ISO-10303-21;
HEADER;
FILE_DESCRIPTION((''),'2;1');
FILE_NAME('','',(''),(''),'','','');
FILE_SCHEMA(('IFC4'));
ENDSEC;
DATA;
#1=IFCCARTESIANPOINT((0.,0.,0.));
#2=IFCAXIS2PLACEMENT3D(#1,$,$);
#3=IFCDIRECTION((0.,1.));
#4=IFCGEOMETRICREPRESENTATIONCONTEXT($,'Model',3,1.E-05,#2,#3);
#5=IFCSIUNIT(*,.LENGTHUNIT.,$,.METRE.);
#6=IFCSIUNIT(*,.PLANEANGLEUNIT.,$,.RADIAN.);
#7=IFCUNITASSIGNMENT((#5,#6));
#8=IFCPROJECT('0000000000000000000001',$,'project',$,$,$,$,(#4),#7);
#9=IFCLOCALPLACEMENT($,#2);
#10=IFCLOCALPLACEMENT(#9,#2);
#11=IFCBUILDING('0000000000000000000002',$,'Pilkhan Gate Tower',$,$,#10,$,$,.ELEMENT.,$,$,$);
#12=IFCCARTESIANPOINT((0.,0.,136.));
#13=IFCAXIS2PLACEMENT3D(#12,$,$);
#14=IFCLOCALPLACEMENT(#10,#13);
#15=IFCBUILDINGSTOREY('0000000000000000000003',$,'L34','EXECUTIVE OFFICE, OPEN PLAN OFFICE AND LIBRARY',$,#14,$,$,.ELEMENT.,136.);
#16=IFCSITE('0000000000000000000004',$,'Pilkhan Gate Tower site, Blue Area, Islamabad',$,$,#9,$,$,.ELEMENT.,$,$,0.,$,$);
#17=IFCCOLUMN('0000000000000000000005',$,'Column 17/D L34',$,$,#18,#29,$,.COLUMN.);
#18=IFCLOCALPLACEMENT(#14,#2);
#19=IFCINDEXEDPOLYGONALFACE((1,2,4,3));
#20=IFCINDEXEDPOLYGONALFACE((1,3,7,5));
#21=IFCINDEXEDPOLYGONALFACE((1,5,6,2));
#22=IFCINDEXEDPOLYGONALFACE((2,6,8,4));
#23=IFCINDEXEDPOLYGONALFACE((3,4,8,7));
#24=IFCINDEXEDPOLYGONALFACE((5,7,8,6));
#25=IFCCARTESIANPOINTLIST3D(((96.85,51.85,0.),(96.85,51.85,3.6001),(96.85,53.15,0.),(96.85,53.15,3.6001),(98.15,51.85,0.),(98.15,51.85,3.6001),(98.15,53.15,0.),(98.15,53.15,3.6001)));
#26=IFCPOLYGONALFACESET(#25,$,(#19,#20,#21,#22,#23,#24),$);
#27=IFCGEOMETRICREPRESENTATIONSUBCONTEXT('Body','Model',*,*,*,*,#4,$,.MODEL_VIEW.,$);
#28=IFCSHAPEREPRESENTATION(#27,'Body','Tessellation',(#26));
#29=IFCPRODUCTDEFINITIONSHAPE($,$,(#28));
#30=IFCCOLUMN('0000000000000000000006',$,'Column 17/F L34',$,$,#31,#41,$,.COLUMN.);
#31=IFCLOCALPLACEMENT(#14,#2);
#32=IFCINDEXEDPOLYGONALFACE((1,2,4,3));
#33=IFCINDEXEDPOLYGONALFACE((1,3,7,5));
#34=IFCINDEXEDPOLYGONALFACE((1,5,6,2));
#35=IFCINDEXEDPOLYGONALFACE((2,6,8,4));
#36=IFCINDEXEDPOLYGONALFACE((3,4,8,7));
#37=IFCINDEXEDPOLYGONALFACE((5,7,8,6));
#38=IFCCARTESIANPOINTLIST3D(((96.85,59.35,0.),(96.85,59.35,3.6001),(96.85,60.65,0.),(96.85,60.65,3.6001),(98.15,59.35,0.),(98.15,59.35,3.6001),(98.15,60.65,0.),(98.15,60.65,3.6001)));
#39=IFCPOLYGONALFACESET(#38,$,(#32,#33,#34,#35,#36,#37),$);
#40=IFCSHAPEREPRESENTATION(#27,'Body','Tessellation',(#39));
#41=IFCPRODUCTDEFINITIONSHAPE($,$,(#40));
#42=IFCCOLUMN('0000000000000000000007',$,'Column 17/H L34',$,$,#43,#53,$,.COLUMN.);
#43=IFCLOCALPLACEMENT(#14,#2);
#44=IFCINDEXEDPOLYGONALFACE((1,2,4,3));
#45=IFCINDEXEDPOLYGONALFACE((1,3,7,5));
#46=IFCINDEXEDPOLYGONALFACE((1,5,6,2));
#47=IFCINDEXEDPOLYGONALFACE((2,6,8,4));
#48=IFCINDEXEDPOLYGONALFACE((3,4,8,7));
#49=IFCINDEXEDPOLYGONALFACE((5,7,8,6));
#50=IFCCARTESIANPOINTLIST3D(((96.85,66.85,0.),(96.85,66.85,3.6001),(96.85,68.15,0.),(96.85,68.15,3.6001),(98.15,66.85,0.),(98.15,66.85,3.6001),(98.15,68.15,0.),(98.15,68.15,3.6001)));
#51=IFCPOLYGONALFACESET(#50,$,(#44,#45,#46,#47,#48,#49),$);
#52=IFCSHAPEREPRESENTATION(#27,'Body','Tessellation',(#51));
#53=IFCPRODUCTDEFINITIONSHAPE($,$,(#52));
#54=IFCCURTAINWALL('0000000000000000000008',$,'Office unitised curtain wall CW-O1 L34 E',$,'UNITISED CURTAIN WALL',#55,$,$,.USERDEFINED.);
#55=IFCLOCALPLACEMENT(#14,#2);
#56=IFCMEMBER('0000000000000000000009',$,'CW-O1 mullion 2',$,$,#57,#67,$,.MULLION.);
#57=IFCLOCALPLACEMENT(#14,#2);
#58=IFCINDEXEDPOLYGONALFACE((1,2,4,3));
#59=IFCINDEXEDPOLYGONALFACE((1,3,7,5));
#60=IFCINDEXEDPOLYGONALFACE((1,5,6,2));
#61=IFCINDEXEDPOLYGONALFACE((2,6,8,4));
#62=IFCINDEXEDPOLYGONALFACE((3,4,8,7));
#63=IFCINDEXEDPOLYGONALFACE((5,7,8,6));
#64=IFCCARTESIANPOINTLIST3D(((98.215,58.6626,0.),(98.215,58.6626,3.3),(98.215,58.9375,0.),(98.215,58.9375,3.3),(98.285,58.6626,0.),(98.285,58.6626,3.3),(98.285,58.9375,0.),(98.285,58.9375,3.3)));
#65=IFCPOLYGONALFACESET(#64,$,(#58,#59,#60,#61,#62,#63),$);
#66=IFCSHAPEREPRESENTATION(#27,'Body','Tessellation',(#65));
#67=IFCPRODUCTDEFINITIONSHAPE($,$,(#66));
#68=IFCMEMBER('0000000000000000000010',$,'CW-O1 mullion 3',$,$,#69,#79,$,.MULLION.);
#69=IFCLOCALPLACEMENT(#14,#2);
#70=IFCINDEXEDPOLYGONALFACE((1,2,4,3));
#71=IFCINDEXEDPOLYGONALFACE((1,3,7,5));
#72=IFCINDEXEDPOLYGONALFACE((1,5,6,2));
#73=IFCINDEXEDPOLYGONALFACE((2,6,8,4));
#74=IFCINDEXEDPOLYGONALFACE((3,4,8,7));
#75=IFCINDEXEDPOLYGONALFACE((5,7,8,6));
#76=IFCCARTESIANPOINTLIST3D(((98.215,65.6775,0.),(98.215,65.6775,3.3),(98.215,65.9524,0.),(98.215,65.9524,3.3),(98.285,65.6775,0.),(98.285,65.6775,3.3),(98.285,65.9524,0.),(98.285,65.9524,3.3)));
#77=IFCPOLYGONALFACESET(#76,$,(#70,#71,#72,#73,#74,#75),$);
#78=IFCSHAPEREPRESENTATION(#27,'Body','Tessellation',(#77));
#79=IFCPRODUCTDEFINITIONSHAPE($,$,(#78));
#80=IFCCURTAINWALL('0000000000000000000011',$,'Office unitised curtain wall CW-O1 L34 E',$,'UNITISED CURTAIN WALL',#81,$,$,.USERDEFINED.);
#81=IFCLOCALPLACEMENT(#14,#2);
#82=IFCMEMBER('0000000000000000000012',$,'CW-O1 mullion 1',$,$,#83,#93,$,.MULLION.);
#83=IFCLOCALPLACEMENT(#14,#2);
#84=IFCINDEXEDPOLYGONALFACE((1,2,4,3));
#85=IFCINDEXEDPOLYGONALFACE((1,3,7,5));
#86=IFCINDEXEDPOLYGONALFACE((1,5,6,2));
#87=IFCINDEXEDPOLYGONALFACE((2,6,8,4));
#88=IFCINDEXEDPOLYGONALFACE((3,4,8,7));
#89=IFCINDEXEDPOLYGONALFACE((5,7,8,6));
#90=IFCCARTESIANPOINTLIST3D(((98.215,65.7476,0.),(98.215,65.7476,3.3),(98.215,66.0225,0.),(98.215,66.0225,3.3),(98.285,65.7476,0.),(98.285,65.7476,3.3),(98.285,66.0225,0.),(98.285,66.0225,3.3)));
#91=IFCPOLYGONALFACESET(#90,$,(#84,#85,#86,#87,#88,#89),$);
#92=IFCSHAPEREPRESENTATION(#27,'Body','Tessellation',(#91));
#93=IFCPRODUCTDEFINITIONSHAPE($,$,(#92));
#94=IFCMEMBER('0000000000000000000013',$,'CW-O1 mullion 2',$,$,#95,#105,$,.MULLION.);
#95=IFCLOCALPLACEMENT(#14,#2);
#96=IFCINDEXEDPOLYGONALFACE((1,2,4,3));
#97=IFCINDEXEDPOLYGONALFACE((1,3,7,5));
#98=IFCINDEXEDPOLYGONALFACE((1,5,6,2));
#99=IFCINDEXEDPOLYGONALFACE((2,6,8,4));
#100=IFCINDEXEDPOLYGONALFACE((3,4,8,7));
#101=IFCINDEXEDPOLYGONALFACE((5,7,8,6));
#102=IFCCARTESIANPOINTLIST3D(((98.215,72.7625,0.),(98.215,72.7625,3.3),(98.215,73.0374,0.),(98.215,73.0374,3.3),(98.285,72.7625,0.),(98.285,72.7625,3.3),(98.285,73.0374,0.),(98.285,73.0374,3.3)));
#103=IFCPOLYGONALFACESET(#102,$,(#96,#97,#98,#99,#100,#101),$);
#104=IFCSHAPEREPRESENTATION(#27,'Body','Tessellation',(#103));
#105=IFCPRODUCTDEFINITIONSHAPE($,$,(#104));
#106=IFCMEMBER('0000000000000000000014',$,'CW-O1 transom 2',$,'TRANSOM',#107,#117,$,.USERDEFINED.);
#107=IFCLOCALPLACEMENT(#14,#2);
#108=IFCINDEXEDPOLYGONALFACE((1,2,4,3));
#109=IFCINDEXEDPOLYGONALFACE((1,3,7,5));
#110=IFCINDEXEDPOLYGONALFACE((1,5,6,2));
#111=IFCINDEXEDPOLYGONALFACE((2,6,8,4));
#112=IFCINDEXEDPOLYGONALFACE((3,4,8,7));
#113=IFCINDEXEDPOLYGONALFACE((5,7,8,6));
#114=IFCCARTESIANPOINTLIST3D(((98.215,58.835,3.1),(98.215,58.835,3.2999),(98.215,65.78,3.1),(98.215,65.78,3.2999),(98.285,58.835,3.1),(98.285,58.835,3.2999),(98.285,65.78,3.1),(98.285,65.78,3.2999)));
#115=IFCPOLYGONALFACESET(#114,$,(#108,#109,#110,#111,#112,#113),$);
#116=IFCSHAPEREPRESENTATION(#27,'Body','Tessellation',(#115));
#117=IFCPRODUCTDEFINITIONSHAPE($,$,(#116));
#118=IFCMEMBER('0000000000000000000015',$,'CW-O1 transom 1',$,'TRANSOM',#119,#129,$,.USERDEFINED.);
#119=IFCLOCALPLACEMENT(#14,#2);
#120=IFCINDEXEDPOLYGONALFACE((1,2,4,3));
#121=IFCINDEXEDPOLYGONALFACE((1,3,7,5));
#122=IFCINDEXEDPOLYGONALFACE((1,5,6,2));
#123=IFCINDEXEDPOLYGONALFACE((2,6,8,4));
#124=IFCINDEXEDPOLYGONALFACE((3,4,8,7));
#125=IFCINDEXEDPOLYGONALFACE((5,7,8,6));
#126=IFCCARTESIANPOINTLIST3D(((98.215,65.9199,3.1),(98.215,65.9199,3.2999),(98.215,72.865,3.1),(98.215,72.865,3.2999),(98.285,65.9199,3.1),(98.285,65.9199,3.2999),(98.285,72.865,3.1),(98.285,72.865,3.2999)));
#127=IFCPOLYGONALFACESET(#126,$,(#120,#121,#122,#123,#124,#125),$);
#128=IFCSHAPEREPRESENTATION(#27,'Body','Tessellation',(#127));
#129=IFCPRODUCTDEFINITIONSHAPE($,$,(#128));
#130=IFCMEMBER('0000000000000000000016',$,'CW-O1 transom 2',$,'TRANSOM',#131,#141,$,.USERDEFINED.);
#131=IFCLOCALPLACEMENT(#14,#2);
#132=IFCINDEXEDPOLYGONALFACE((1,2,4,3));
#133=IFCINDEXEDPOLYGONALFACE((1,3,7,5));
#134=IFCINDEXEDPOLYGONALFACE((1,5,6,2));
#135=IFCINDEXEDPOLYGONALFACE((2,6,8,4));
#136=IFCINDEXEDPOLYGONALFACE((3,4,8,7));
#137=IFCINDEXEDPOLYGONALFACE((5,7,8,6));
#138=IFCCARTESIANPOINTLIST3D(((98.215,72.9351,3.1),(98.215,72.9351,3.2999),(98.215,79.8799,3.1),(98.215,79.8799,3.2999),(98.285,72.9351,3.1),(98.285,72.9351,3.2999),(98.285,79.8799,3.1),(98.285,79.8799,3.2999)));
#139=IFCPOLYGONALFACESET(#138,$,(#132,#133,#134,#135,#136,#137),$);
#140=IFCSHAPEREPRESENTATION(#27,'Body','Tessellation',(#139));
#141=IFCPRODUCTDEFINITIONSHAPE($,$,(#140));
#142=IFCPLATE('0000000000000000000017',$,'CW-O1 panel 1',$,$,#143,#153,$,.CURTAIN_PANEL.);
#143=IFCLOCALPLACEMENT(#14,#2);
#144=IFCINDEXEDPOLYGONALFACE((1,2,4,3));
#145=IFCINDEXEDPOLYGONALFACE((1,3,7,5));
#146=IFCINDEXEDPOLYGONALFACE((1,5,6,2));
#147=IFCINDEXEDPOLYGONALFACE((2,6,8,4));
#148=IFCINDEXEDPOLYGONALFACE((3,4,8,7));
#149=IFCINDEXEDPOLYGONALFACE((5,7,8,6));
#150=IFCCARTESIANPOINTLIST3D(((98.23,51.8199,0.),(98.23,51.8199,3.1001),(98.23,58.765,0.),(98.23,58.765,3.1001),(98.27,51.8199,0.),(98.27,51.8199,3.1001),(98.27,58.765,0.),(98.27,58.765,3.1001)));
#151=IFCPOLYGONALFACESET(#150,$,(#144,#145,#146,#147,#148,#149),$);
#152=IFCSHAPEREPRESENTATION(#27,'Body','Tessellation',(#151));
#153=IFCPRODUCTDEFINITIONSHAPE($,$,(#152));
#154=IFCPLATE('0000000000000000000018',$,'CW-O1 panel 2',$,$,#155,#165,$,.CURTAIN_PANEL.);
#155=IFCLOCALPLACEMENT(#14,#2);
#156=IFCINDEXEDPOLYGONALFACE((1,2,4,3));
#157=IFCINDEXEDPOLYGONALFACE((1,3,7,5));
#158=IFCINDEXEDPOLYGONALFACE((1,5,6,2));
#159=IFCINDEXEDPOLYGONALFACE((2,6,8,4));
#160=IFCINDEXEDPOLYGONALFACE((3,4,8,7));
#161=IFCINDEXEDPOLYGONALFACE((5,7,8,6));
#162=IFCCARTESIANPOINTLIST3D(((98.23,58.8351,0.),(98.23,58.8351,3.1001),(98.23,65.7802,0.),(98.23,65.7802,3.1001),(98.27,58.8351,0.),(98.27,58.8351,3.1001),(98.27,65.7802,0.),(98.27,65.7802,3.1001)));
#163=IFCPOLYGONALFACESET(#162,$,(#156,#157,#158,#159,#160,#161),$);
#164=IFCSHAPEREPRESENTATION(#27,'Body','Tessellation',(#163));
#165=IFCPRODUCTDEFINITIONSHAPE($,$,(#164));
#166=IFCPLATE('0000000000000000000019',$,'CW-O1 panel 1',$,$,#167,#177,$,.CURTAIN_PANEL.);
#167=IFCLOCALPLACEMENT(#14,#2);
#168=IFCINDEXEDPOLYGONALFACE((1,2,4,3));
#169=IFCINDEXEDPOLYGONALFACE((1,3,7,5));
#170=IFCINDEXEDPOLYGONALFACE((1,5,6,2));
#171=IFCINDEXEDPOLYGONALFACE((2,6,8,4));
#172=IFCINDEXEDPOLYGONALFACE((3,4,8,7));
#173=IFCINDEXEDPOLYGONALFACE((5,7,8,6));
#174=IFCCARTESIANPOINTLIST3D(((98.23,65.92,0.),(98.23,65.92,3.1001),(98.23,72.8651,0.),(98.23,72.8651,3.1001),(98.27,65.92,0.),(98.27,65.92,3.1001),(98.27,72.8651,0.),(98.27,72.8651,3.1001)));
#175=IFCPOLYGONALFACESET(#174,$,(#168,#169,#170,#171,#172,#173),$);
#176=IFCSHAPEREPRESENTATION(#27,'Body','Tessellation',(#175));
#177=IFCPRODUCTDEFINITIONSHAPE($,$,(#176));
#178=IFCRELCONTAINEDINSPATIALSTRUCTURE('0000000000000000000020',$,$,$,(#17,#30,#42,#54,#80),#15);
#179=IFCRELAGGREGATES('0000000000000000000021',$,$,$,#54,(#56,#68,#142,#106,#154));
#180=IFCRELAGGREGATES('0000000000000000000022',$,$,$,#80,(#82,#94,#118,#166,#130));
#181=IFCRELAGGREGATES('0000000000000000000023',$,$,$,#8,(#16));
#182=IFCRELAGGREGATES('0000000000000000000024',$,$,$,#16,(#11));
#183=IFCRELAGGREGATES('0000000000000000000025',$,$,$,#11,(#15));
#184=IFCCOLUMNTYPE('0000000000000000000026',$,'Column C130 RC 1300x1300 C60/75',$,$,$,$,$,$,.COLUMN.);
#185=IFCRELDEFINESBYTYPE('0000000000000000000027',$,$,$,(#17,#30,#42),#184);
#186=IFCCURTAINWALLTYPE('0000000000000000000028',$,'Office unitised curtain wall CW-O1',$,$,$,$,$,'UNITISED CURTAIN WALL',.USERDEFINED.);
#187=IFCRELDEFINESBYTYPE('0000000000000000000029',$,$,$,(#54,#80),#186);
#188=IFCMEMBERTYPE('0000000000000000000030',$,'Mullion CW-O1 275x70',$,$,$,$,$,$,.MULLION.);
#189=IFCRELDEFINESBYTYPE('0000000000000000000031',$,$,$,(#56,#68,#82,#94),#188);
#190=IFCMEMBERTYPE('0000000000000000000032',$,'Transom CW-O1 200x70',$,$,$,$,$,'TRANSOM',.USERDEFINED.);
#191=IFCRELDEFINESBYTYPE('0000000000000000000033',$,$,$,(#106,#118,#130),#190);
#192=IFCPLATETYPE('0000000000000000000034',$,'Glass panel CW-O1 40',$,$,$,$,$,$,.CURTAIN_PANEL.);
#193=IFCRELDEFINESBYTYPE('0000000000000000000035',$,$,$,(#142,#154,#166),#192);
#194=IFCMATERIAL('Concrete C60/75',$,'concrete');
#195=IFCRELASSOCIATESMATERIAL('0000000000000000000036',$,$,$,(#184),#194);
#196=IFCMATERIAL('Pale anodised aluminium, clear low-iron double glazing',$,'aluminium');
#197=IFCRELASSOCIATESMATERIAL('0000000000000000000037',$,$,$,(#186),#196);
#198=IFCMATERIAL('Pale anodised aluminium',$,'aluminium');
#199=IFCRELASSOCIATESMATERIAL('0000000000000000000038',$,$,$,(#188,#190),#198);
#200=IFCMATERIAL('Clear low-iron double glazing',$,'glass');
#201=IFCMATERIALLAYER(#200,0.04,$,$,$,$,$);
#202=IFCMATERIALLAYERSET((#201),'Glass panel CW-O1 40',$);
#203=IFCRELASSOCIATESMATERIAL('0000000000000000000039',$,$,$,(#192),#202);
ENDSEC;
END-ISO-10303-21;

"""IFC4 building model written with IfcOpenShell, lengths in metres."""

from ifc_helpers import new_model, si_unit, direction, frame, origin, origin_2d, place, context, subcontext, project, spatial, rectangle, extrude, material, layer, layer_set, material_profile, profile_set, type_object, element, aggregate, save


model = new_model("IFC4")

# Units and contexts
model_context = context("Model", 3, precision=1e-05, world=origin(), true_north=direction((0.0, 1.0)))
body_context = subcontext(model_context, "Body", "Model", "MODEL_VIEW")
ifc_project = project(units=[si_unit("LENGTHUNIT", "METRE"), si_unit("PLANEANGLEUNIT", "RADIAN")], contexts=[model_context])

# Site, building, storey
site_placement = place(None, origin())
site = spatial("IfcSite", under=ifc_project, at=site_placement, Name="Pilkhan Gate Tower site, Blue Area, Islamabad", CompositionType="ELEMENT", RefElevation=0.0)
building_placement = place(site_placement, origin())
building = spatial("IfcBuilding", under=site, at=building_placement, Name="Pilkhan Gate Tower", CompositionType="ELEMENT")
storey_placement = place(building_placement, frame((0.0, 0.0, 136.0)))
storey = spatial("IfcBuildingStorey", under=building, at=storey_placement, Name="L34", Description="EXECUTIVE OFFICE, OPEN PLAN OFFICE AND LIBRARY", CompositionType="ELEMENT", Elevation=136.0)

# Columns
ifc_material_1 = material(Name="Concrete C60/75", Category="concrete")
ifc_material_profile_1 = material_profile(ifc_material_1, rectangle(XDim=1.3, YDim=1.3, at=origin_2d()), Name="RC 1300x1300")
ifc_profile_set_1 = profile_set([ifc_material_profile_1], Name="Concrete C60/75")
column_type = type_object("IfcColumnType", Name="Column C130 RC 1300x1300 C60/75", PredefinedType="COLUMN", material=ifc_profile_set_1)
for number, where, z_axis, x_axis, name in (
    (1, (97.5, 52.5, 0.0), (0.0, 0.0, 1.0), (1.0, 0.0, 0.0), "Column 17/D L34"),
    (2, (97.5, 60.0, 0.0), (0.0, 0.0, 1.0), (1.0, 0.0, 0.0), "Column 17/F L34"),
    (3, (97.5, 67.5, 0.0), (0.0, 0.0, 1.0), (1.0, 0.0, 0.0), "Column 17/H L34"),
):
    element("IfcColumn", number, at=place(storey_placement, frame(where, z_axis=z_axis, x_axis=x_axis)), inside=storey, type_object=column_type, Name=name, PredefinedType="COLUMN", context=body_context, shape_type="SweptSolid", body=[
        extrude(rectangle(XDim=1.3, YDim=1.3, at=origin_2d()), origin(), (0.0, 0.0, 1.0), 3.6001),
    ])

# Curtain walls, members
ifc_material_2 = material(Name="Pale anodised aluminium, clear low-iron double glazing", Category="aluminium")
curtain_wall_type = type_object("IfcCurtainWallType", Name="Office unitised curtain wall CW-O1", ElementType="UNITISED CURTAIN WALL", PredefinedType="USERDEFINED", material=ifc_material_2)
curtain_wall_1_placement = place(storey_placement, origin())
curtain_wall_1 = element("IfcCurtainWall", 4, at=curtain_wall_1_placement, inside=storey, type_object=curtain_wall_type, Name="Office unitised curtain wall CW-O1 L34 E", ObjectType="UNITISED CURTAIN WALL", PredefinedType="USERDEFINED")
ifc_material_3 = material(Name="Pale anodised aluminium", Category="aluminium")
ifc_material_profile_2 = material_profile(ifc_material_3, rectangle(XDim=0.0701, YDim=0.2749, at=origin_2d()), Name="Mullion 275x70")
ifc_profile_set_2 = profile_set([ifc_material_profile_2], Name="Pale anodised aluminium")
member_type_1 = type_object("IfcMemberType", Name="Mullion CW-O1 275x70", PredefinedType="MULLION", material=ifc_profile_set_2)
member_1_placement = place(storey_placement, frame((98.25, 58.8, 0.0), z_axis=(0.0, 0.0, 1.0), x_axis=(-1.0, 0.0, 0.0)))
member_1 = element("IfcMember", 5, at=member_1_placement, type_object=member_type_1, Name="CW-O1 mullion 2", PredefinedType="MULLION", context=body_context, shape_type="SweptSolid", body=[
    extrude(rectangle(XDim=0.0701, YDim=0.2749, at=origin_2d()), origin(), (0.0, 0.0, 1.0), 3.3),
])
member_2_placement = place(storey_placement, frame((98.25, 65.8149, 0.0), z_axis=(0.0, 0.0, 1.0), x_axis=(-1.0, 0.0, 0.0)))
member_2 = element("IfcMember", 6, at=member_2_placement, type_object=member_type_1, Name="CW-O1 mullion 3", PredefinedType="MULLION", context=body_context, shape_type="SweptSolid", body=[
    extrude(rectangle(XDim=0.0701, YDim=0.2749, at=origin_2d()), origin(), (0.0, 0.0, 1.0), 3.3),
])
curtain_wall_2_placement = place(storey_placement, origin())
curtain_wall_2 = element("IfcCurtainWall", 7, at=curtain_wall_2_placement, inside=storey, type_object=curtain_wall_type, Name="Office unitised curtain wall CW-O1 L34 E", ObjectType="UNITISED CURTAIN WALL", PredefinedType="USERDEFINED")
member_3_placement = place(storey_placement, frame((98.25, 65.885, 0.0), z_axis=(0.0, 0.0, 1.0), x_axis=(-1.0, 0.0, 0.0)))
member_3 = element("IfcMember", 8, at=member_3_placement, type_object=member_type_1, Name="CW-O1 mullion 1", PredefinedType="MULLION", context=body_context, shape_type="SweptSolid", body=[
    extrude(rectangle(XDim=0.0701, YDim=0.2749, at=origin_2d()), origin(), (0.0, 0.0, 1.0), 3.3),
])
member_4_placement = place(storey_placement, frame((98.25, 72.8999, 0.0), z_axis=(0.0, 0.0, 1.0), x_axis=(-1.0, 0.0, 0.0)))
member_4 = element("IfcMember", 9, at=member_4_placement, type_object=member_type_1, Name="CW-O1 mullion 2", PredefinedType="MULLION", context=body_context, shape_type="SweptSolid", body=[
    extrude(rectangle(XDim=0.0701, YDim=0.2749, at=origin_2d()), origin(), (0.0, 0.0, 1.0), 3.3),
])

# Members
ifc_material_profile_3 = material_profile(ifc_material_3, rectangle(XDim=0.0701, YDim=0.2, at=origin_2d()), Name="Transom 200x70")
ifc_profile_set_3 = profile_set([ifc_material_profile_3], Name="Pale anodised aluminium")
member_type_2 = type_object("IfcMemberType", Name="Transom CW-O1 200x70", ElementType="TRANSOM", PredefinedType="USERDEFINED", material=ifc_profile_set_3)
member_5_placement = place(storey_placement, frame((98.25, 58.835, 3.2), z_axis=(0.0, 1.0, 0.0), x_axis=(-1.0, 0.0, 0.0)))
member_5 = element("IfcMember", 10, at=member_5_placement, type_object=member_type_2, Name="CW-O1 transom 2", ObjectType="TRANSOM", PredefinedType="USERDEFINED", context=body_context, shape_type="SweptSolid", body=[
    extrude(rectangle(XDim=0.0701, YDim=0.2, at=origin_2d()), origin(), (0.0, 0.0, 1.0), 6.9451),
])
member_6_placement = place(storey_placement, frame((98.25, 65.9199, 3.2), z_axis=(0.0, 1.0, 0.0), x_axis=(-1.0, 0.0, 0.0)))
member_6 = element("IfcMember", 11, at=member_6_placement, type_object=member_type_2, Name="CW-O1 transom 1", ObjectType="TRANSOM", PredefinedType="USERDEFINED", context=body_context, shape_type="SweptSolid", body=[
    extrude(rectangle(XDim=0.0701, YDim=0.2, at=origin_2d()), origin(), (0.0, 0.0, 1.0), 6.9451),
])
member_7_placement = place(storey_placement, frame((98.25, 72.9351, 3.2), z_axis=(0.0, 1.0, 0.0), x_axis=(-1.0, 0.0, 0.0)))
member_7 = element("IfcMember", 12, at=member_7_placement, type_object=member_type_2, Name="CW-O1 transom 2", ObjectType="TRANSOM", PredefinedType="USERDEFINED", context=body_context, shape_type="SweptSolid", body=[
    extrude(rectangle(XDim=0.0701, YDim=0.2, at=origin_2d()), origin(), (0.0, 0.0, 1.0), 6.9448),
])

# Plates
ifc_material_4 = material(Name="Clear low-iron double glazing", Category="glass")
ifc_layer_1 = layer(ifc_material_4, 0.04)
ifc_layer_set_1 = layer_set([ifc_layer_1], Name="Glass panel CW-O1 40")
plate_type = type_object("IfcPlateType", Name="Glass panel CW-O1 40", PredefinedType="CURTAIN_PANEL", material=ifc_layer_set_1)
plate_1_placement = place(storey_placement, frame((98.25, 55.2925, 0.0), z_axis=(0.0, 0.0, 1.0), x_axis=(0.0, 1.0, 0.0)))
plate_1 = element("IfcPlate", 13, at=plate_1_placement, type_object=plate_type, Name="CW-O1 panel 1", PredefinedType="CURTAIN_PANEL", context=body_context, shape_type="SweptSolid", body=[
    extrude(rectangle(XDim=6.9451, YDim=0.04, at=origin_2d()), origin(), (0.0, 0.0, 1.0), 3.1001),
])
plate_2_placement = place(storey_placement, frame((98.25, 62.3076, 0.0), z_axis=(0.0, 0.0, 1.0), x_axis=(0.0, 1.0, 0.0)))
plate_2 = element("IfcPlate", 14, at=plate_2_placement, type_object=plate_type, Name="CW-O1 panel 2", PredefinedType="CURTAIN_PANEL", context=body_context, shape_type="SweptSolid", body=[
    extrude(rectangle(XDim=6.9451, YDim=0.04, at=origin_2d()), origin(), (0.0, 0.0, 1.0), 3.1001),
])
aggregate(curtain_wall_1, [member_1, member_2, plate_1, member_5, plate_2])
plate_3_placement = place(storey_placement, frame((98.25, 69.3926, 0.0), z_axis=(0.0, 0.0, 1.0), x_axis=(0.0, 1.0, 0.0)))
plate_3 = element("IfcPlate", 15, at=plate_3_placement, type_object=plate_type, Name="CW-O1 panel 1", PredefinedType="CURTAIN_PANEL", context=body_context, shape_type="SweptSolid", body=[
    extrude(rectangle(XDim=6.9451, YDim=0.04, at=origin_2d()), origin(), (0.0, 0.0, 1.0), 3.1001),
])
aggregate(curtain_wall_2, [member_3, member_4, member_6, plate_3, member_7])

save(model, "model.ifc")
